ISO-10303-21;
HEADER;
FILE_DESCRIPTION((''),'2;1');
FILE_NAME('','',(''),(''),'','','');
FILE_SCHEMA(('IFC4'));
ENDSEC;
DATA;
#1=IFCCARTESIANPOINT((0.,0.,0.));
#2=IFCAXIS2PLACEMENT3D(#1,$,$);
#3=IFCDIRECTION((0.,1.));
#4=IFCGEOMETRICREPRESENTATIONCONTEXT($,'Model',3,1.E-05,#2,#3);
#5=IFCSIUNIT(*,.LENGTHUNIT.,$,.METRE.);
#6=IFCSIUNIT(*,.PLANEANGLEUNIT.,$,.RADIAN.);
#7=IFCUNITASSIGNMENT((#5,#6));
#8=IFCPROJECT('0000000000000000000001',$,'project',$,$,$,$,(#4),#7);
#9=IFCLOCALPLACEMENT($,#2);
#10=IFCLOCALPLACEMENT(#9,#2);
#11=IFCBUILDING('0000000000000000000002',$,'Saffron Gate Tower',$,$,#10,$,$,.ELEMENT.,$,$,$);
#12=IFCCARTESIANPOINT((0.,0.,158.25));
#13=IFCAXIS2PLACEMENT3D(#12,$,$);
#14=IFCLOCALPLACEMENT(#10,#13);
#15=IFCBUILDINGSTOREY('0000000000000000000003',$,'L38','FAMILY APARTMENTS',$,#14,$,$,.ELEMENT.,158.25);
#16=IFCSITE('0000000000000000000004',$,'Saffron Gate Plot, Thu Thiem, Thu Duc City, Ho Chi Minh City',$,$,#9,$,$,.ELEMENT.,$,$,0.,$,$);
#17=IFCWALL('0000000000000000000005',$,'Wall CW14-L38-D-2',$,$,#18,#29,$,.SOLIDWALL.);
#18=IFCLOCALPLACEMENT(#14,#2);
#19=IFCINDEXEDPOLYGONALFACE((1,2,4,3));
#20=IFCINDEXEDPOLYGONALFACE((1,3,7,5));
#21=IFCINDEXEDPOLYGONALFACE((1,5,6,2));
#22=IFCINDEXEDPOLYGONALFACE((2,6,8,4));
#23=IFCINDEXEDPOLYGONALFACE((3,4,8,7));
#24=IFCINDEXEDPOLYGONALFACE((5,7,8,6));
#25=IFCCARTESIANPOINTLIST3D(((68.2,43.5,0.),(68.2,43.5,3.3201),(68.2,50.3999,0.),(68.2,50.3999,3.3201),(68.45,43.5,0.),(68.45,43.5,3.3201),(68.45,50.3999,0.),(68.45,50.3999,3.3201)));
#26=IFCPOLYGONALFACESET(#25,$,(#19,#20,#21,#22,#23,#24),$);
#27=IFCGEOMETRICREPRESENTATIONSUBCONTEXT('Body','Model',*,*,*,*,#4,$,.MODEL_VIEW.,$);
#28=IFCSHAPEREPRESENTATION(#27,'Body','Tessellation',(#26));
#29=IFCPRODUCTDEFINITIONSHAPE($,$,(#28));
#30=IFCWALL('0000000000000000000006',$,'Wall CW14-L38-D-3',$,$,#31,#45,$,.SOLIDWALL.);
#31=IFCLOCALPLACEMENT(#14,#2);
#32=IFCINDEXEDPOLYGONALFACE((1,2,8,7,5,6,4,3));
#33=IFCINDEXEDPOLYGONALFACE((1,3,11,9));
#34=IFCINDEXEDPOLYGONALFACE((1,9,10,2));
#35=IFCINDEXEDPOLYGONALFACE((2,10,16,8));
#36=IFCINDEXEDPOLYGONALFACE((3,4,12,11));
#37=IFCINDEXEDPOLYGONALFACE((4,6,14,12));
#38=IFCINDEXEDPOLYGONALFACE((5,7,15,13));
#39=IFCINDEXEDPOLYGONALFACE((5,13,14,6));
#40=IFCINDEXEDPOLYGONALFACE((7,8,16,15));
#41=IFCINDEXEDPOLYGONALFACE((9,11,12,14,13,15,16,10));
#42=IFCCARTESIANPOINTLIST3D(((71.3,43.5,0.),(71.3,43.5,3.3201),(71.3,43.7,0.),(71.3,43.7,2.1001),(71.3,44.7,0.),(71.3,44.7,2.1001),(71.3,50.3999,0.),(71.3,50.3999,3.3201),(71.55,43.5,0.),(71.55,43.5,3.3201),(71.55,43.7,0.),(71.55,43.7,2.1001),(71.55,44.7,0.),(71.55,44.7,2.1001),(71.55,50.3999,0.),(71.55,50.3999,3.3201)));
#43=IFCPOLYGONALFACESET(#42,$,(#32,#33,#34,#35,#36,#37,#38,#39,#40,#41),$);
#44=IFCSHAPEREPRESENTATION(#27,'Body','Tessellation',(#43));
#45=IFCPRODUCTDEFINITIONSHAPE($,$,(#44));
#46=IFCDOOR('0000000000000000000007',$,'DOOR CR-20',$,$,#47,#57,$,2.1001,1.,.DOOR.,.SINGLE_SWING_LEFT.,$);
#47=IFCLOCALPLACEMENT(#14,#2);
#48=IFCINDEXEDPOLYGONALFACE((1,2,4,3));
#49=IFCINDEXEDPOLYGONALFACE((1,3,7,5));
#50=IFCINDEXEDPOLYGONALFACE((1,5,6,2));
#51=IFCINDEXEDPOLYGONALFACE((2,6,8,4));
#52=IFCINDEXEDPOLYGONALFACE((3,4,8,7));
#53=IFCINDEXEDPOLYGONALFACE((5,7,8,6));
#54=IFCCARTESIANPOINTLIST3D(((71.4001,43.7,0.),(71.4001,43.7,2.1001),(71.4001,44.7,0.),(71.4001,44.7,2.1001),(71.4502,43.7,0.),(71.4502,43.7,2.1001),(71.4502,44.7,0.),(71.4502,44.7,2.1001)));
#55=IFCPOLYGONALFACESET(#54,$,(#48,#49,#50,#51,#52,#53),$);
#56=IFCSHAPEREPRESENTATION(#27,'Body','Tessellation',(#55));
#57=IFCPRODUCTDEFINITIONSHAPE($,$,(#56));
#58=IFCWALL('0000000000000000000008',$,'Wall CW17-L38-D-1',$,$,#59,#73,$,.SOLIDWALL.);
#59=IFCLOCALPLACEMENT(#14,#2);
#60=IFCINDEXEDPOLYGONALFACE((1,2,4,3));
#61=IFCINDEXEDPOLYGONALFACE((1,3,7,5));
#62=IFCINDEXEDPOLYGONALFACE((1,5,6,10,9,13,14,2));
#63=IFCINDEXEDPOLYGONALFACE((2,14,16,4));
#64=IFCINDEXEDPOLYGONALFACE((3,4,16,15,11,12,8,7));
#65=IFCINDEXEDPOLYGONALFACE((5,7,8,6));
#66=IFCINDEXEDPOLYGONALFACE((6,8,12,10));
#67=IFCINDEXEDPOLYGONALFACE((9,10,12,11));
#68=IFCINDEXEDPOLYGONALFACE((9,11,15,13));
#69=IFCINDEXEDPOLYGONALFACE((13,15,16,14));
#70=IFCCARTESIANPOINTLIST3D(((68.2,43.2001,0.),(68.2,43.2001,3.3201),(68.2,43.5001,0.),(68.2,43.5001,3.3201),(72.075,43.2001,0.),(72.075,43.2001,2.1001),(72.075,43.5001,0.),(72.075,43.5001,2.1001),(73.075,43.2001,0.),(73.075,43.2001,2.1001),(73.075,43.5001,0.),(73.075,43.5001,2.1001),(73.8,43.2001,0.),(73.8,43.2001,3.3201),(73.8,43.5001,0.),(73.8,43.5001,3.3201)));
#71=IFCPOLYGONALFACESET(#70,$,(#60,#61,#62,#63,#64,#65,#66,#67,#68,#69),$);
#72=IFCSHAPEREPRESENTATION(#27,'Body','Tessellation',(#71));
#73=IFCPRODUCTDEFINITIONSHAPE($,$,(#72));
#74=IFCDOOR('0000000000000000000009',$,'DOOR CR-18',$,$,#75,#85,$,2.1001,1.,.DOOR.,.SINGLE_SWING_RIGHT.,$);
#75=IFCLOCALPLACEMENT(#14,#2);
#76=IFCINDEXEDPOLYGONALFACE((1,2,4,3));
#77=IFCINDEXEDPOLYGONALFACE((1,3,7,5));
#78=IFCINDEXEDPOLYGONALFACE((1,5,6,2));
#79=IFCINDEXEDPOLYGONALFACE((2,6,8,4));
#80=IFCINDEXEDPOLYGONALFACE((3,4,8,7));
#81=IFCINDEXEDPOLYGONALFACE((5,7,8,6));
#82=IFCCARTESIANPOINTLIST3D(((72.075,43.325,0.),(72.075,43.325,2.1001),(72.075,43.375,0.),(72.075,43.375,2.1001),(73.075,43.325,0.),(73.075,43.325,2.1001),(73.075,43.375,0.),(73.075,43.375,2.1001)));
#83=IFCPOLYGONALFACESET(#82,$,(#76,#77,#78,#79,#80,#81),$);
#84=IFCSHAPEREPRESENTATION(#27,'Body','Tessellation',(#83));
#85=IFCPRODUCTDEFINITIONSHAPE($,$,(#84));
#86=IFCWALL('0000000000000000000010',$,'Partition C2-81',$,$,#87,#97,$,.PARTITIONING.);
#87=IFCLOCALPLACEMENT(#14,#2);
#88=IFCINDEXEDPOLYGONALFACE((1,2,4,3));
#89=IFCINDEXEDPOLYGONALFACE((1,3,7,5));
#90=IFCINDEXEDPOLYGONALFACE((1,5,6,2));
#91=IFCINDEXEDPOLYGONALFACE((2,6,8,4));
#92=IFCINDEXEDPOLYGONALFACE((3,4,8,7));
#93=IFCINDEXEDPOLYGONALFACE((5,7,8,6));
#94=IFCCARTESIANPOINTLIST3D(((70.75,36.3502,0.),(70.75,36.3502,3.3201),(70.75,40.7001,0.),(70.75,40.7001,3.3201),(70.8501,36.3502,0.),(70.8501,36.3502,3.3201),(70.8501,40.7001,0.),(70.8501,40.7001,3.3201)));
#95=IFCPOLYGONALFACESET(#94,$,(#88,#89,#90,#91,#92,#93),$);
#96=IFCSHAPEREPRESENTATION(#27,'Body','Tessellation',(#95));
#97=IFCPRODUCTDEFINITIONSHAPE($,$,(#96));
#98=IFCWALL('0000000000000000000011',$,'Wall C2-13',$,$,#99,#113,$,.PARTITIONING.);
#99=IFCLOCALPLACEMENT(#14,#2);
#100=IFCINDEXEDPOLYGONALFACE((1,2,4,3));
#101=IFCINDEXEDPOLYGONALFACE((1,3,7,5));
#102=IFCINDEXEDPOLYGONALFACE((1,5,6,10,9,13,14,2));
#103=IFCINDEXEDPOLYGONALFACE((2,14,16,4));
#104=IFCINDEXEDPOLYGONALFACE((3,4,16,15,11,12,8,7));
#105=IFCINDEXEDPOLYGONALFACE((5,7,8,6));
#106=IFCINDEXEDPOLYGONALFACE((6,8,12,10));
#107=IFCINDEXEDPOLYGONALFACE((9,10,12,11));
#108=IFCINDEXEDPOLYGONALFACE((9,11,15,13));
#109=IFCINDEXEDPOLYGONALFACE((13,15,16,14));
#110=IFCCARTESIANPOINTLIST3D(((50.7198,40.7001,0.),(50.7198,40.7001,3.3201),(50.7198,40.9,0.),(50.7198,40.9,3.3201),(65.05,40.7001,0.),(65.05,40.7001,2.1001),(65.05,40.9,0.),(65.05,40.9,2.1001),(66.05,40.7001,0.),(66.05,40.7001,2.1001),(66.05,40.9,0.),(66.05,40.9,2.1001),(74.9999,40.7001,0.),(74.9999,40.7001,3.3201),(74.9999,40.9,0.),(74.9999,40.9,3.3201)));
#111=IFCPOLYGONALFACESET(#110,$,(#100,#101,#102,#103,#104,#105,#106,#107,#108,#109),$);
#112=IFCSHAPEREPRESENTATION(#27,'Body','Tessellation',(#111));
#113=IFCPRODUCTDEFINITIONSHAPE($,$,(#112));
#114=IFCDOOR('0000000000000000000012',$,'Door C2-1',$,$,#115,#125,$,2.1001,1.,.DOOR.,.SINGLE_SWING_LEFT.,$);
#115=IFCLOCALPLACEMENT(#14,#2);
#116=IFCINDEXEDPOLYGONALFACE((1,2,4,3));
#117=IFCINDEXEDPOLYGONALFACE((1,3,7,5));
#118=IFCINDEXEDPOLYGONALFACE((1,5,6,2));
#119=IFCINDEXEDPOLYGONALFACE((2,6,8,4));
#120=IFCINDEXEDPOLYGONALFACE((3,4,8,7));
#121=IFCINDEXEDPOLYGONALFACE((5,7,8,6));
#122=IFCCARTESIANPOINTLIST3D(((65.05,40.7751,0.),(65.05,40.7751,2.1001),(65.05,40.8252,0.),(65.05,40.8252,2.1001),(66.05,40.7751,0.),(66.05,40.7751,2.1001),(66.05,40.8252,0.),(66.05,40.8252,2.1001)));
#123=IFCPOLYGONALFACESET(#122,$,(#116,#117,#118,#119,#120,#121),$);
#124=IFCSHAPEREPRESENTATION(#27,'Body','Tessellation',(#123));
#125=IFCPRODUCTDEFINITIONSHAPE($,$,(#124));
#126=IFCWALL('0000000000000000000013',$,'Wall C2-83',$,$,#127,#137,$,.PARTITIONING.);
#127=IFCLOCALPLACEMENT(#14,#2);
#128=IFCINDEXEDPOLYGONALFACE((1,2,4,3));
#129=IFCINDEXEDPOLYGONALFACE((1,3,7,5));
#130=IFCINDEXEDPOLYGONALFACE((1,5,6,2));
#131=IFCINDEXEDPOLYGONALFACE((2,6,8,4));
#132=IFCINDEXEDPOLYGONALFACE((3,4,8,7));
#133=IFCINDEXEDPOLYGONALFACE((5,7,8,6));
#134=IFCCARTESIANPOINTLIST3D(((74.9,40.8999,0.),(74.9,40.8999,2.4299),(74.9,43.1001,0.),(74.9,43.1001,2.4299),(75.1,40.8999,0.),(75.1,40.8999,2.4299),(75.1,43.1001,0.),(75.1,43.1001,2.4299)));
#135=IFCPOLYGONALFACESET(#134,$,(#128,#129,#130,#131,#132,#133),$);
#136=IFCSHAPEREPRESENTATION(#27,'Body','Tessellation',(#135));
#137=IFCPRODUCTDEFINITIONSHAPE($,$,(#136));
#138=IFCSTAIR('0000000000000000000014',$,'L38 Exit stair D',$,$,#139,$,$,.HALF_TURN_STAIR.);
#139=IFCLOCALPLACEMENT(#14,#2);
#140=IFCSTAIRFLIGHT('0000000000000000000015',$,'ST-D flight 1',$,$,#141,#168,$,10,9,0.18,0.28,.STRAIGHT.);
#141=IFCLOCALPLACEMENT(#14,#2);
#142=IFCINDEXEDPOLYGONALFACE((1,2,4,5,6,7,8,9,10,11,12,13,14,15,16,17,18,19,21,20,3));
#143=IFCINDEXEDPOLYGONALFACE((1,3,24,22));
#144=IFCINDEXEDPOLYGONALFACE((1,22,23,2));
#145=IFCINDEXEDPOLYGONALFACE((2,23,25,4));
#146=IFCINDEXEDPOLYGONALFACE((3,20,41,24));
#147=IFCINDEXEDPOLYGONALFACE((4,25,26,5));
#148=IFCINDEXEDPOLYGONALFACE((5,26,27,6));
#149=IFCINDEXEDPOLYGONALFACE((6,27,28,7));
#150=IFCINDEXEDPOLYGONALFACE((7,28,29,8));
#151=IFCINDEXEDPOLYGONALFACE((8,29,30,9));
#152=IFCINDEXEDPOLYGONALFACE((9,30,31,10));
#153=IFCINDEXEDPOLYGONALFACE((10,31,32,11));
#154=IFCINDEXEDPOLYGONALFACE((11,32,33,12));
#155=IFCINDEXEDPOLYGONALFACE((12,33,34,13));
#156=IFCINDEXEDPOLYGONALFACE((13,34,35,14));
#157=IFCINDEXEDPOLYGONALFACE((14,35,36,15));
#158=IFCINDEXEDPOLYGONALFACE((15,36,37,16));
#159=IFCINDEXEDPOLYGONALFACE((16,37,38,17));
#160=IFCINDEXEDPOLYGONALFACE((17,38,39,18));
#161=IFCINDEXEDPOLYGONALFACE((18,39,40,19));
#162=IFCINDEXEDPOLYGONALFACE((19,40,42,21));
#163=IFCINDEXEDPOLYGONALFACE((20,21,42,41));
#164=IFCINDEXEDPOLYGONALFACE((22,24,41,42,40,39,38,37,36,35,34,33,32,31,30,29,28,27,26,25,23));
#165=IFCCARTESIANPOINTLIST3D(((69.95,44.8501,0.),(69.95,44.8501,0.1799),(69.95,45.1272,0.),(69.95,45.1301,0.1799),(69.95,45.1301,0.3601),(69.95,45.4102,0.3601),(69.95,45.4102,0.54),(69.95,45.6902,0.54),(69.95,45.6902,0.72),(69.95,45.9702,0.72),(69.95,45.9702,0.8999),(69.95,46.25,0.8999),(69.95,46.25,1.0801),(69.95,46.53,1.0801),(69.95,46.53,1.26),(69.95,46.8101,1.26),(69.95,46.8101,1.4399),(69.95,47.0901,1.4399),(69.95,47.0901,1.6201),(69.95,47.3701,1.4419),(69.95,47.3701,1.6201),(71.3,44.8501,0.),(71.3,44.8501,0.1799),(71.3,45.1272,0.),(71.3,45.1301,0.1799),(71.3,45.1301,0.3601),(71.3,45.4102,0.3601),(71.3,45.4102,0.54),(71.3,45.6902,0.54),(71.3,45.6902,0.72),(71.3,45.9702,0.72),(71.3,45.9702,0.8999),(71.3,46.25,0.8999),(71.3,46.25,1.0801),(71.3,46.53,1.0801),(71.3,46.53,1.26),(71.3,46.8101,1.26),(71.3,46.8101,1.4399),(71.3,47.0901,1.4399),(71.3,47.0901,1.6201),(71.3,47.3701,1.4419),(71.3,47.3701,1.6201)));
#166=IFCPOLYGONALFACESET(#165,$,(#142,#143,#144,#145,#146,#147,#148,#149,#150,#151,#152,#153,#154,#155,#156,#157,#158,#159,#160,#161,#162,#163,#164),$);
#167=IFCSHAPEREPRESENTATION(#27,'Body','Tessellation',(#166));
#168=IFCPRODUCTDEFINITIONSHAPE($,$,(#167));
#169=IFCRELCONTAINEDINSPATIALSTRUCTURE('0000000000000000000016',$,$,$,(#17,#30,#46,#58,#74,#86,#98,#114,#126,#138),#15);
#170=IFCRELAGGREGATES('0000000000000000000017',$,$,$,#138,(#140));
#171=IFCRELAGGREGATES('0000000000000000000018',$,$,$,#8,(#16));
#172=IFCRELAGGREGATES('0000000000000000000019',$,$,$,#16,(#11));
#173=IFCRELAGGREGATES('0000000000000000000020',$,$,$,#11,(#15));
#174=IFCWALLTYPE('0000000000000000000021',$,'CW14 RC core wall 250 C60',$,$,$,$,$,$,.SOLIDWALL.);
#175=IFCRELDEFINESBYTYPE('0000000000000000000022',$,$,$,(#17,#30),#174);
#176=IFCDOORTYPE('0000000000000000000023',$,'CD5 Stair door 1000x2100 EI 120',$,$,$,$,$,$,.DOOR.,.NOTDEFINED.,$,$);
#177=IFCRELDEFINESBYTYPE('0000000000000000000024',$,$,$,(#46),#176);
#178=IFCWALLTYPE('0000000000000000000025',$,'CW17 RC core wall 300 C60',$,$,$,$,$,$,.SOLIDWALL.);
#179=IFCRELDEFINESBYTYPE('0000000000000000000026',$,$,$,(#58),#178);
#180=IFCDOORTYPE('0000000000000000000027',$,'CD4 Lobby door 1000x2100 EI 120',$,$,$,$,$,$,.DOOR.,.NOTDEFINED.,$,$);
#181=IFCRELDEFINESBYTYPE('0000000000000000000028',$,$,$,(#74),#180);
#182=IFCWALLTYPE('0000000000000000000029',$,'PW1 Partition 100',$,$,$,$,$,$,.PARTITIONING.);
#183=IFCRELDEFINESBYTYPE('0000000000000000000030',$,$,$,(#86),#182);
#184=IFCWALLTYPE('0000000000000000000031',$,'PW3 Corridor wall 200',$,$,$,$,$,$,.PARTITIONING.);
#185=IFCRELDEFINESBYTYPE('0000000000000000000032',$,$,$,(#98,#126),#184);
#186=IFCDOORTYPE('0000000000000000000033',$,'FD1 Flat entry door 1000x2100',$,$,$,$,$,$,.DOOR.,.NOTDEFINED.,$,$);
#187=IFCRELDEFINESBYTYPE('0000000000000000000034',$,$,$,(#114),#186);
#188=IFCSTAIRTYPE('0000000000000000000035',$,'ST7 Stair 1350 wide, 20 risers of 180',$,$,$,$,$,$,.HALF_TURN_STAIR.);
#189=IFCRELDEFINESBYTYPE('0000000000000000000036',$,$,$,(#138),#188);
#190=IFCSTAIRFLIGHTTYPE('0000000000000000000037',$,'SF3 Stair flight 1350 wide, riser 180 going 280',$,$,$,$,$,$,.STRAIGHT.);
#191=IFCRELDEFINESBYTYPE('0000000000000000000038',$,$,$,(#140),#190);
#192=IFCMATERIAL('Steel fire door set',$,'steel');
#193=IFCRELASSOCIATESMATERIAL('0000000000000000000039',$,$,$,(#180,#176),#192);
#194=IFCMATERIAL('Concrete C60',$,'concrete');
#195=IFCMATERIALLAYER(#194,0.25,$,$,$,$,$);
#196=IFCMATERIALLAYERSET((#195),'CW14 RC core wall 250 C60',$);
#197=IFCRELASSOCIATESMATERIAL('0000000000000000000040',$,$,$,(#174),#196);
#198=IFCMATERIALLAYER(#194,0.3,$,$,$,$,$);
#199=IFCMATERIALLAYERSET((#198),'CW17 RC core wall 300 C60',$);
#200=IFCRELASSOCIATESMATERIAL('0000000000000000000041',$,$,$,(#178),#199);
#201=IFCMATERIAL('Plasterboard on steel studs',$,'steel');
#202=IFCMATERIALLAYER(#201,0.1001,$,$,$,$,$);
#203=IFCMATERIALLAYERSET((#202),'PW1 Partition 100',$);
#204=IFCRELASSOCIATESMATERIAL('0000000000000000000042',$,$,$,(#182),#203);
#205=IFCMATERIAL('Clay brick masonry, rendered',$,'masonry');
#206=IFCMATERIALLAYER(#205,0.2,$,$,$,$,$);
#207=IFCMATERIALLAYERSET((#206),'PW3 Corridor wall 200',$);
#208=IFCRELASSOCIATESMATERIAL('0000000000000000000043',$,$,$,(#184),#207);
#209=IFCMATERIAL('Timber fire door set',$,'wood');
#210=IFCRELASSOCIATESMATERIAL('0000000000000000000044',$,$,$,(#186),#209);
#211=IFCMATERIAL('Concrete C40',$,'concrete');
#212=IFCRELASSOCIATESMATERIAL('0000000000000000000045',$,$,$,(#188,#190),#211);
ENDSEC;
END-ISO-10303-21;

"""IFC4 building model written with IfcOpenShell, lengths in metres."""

from ifc_helpers import new_model, si_unit, direction, frame, frame_2d, origin, place, context, subcontext, project, spatial, polyline, rectangle, outline, extrude, material, layer, layer_set, type_object, element, fill, aggregate, save


model = new_model("IFC4")

# Units and contexts
model_context = context("Model", 3, precision=1e-05, world=origin(), true_north=direction((0.0, 1.0)))
body_context = subcontext(model_context, "Body", "Model", "MODEL_VIEW")
ifc_project = project(units=[si_unit("LENGTHUNIT", "METRE"), si_unit("PLANEANGLEUNIT", "RADIAN")], contexts=[model_context])

# Site, building, storey
site_placement = place(None, origin())
site = spatial("IfcSite", under=ifc_project, at=site_placement, Name="Saffron Gate Plot, Thu Thiem, Thu Duc City, Ho Chi Minh City", CompositionType="ELEMENT", RefElevation=0.0)
building_placement = place(site_placement, origin())
building = spatial("IfcBuilding", under=site, at=building_placement, Name="Saffron Gate Tower", CompositionType="ELEMENT")
storey_placement = place(building_placement, frame((0.0, 0.0, 158.25)))
storey = spatial("IfcBuildingStorey", under=building, at=storey_placement, Name="L38", Description="FAMILY APARTMENTS", CompositionType="ELEMENT", Elevation=158.25)

# Shared definitions
ifc_material_1 = material(Name="Steel fire door set", Category="steel")
door_type_1 = type_object("IfcDoorType", Name="CD4 Lobby door 1000x2100 EI 120", OperationType="NOTDEFINED", PredefinedType="DOOR", material=ifc_material_1)

# Wall
ifc_material_2 = material(Name="Concrete C60", Category="concrete")
ifc_layer_1 = layer(ifc_material_2, 0.25)
ifc_layer_set_1 = layer_set([ifc_layer_1], Name="CW14 RC core wall 250 C60")
wall_type_1 = type_object("IfcWallType", Name="CW14 RC core wall 250 C60", PredefinedType="SOLIDWALL", material=ifc_layer_set_1)
wall_1_placement = place(storey_placement, frame((68.325, 43.5, 0.0), z_axis=(0.0, 0.0, 1.0), x_axis=(0.0, 1.0, 0.0)))
element("IfcWall", 1, at=wall_1_placement, inside=storey, type_object=wall_type_1, Name="Wall CW14-L38-D-2", PredefinedType="SOLIDWALL", context=body_context, shape_type="SweptSolid", body=[
    extrude(rectangle(XDim=6.8999, YDim=0.25, at=frame_2d((3.45, 0.0))), origin(), (0.0, 0.0, 1.0), 3.3201),
])

# Walls, openings, doors
wall_2_placement = place(storey_placement, frame((71.425, 43.5, 0.0), z_axis=(0.0, 0.0, 1.0), x_axis=(0.0, 1.0, 0.0)))
wall_2 = element("IfcWall", 2, at=wall_2_placement, inside=storey, type_object=wall_type_1, Name="Wall CW14-L38-D-3", PredefinedType="SOLIDWALL", context=body_context, shape_type="SweptSolid", body=[
    extrude(rectangle(XDim=6.8999, YDim=0.25, at=frame_2d((3.45, 0.0))), origin(), (0.0, 0.0, 1.0), 3.3201),
])
opening_1_placement = place(wall_2_placement, frame((0.2, 0.0, 0.0)))
opening_1 = element("IfcOpeningElement", 3, at=opening_1_placement, cuts=wall_2, PredefinedType="OPENING", context=body_context, shape_type="SweptSolid", body=[
    extrude(rectangle(XDim=1.0, YDim=2.1001, at=frame_2d((0.5, 1.05))), frame((0.0, 0.135, 0.0), z_axis=(0.0, -1.0, 0.0), x_axis=(1.0, 0.0, 0.0)), (0.0, 0.0, 1.0), 0.27),
])
door_type_2 = type_object("IfcDoorType", Name="CD5 Stair door 1000x2100 EI 120", OperationType="NOTDEFINED", PredefinedType="DOOR", material=ifc_material_1)
door_1_placement = place(opening_1_placement, origin())
door_1 = element("IfcDoor", 4, at=door_1_placement, inside=storey, type_object=door_type_2, Name="DOOR CR-20", OperationType="SINGLE_SWING_LEFT", OverallHeight=2.1001, OverallWidth=1.0, PredefinedType="DOOR", context=body_context, shape_type="SweptSolid", body=[
    extrude(rectangle(XDim=1.0, YDim=2.1001, at=frame_2d((0.5, 1.05))), frame((0.0, 0.0249, 0.0), z_axis=(0.0, -1.0, 0.0), x_axis=(1.0, 0.0, 0.0)), (0.0, 0.0, 1.0), 0.05),
])
fill(opening_1, door_1)
ifc_layer_2 = layer(ifc_material_2, 0.3)
ifc_layer_set_2 = layer_set([ifc_layer_2], Name="CW17 RC core wall 300 C60")
wall_type_2 = type_object("IfcWallType", Name="CW17 RC core wall 300 C60", PredefinedType="SOLIDWALL", material=ifc_layer_set_2)
wall_3_placement = place(storey_placement, frame((68.2, 43.3501, 0.0), z_axis=(0.0, 0.0, 1.0), x_axis=(1.0, 0.0, 0.0)))
wall_3 = element("IfcWall", 5, at=wall_3_placement, inside=storey, type_object=wall_type_2, Name="Wall CW17-L38-D-1", PredefinedType="SOLIDWALL", context=body_context, shape_type="SweptSolid", body=[
    extrude(rectangle(XDim=5.6001, YDim=0.3, at=frame_2d((2.8, 0.0))), origin(), (0.0, 0.0, 1.0), 3.3201),
])
opening_2_placement = place(wall_3_placement, frame((3.875, 0.0, 0.0)))
opening_2 = element("IfcOpeningElement", 6, at=opening_2_placement, cuts=wall_3, PredefinedType="OPENING", context=body_context, shape_type="SweptSolid", body=[
    extrude(rectangle(XDim=1.0, YDim=2.1001, at=frame_2d((0.5, 1.05))), frame((0.0, 0.1602, 0.0), z_axis=(0.0, -1.0, 0.0), x_axis=(1.0, 0.0, 0.0)), (0.0, 0.0, 1.0), 0.3201),
])
door_2_placement = place(opening_2_placement, origin())
door_2 = element("IfcDoor", 7, at=door_2_placement, inside=storey, type_object=door_type_1, Name="DOOR CR-18", OperationType="SINGLE_SWING_RIGHT", OverallHeight=2.1001, OverallWidth=1.0, PredefinedType="DOOR", context=body_context, shape_type="SweptSolid", body=[
    extrude(rectangle(XDim=1.0, YDim=2.1001, at=frame_2d((0.5, 1.05))), frame((0.0, 0.0249, 0.0), z_axis=(0.0, -1.0, 0.0), x_axis=(1.0, 0.0, 0.0)), (0.0, 0.0, 1.0), 0.05),
])
fill(opening_2, door_2)

# Wall
ifc_material_3 = material(Name="Plasterboard on steel studs", Category="steel")
ifc_layer_3 = layer(ifc_material_3, 0.1001)
ifc_layer_set_3 = layer_set([ifc_layer_3], Name="PW1 Partition 100")
wall_type_3 = type_object("IfcWallType", Name="PW1 Partition 100", PredefinedType="PARTITIONING", material=ifc_layer_set_3)
wall_4_placement = place(storey_placement, frame((70.8, 40.7, 0.0), z_axis=(0.0, 0.0, 1.0), x_axis=(0.0, -1.0, 0.0)))
element("IfcWall", 8, at=wall_4_placement, inside=storey, type_object=wall_type_3, Name="Partition C2-81", PredefinedType="PARTITIONING", context=body_context, shape_type="SweptSolid", body=[
    extrude(rectangle(XDim=4.3499, YDim=0.1001, at=frame_2d((2.1748, 0.0))), origin(), (0.0, 0.0, 1.0), 3.3201),
])

# Wall, opening, door
ifc_material_4 = material(Name="Clay brick masonry, rendered", Category="masonry")
ifc_layer_4 = layer(ifc_material_4, 0.2)
ifc_layer_set_4 = layer_set([ifc_layer_4], Name="PW3 Corridor wall 200")
wall_type_4 = type_object("IfcWallType", Name="PW3 Corridor wall 200", PredefinedType="PARTITIONING", material=ifc_layer_set_4)
wall_5_placement = place(storey_placement, frame((75.0, 40.8, 0.0), z_axis=(0.0, 0.0, 1.0), x_axis=(-1.0, 0.0, 0.0)))
wall_5 = element("IfcWall", 9, at=wall_5_placement, inside=storey, type_object=wall_type_4, Name="Wall C2-13", PredefinedType="PARTITIONING", context=body_context, shape_type="SweptSolid", body=[
    extrude(rectangle(XDim=24.28, YDim=0.2, at=frame_2d((12.1401, 0.0))), origin(), (0.0, 0.0, 1.0), 3.3201),
])
opening_3_placement = place(wall_5_placement, frame((8.95, 0.0, 0.0)))
opening_3 = element("IfcOpeningElement", 10, at=opening_3_placement, cuts=wall_5, PredefinedType="OPENING", context=body_context, shape_type="SweptSolid", body=[
    extrude(rectangle(XDim=1.0, YDim=2.1001, at=frame_2d((0.5, 1.05))), frame((0.0, 0.1099, 0.0), z_axis=(0.0, -1.0, 0.0), x_axis=(1.0, 0.0, 0.0)), (0.0, 0.0, 1.0), 0.22),
])
ifc_material_5 = material(Name="Timber fire door set", Category="wood")
door_type_3 = type_object("IfcDoorType", Name="FD1 Flat entry door 1000x2100", OperationType="NOTDEFINED", PredefinedType="DOOR", material=ifc_material_5)
door_3_placement = place(opening_3_placement, origin())
door_3 = element("IfcDoor", 11, at=door_3_placement, inside=storey, type_object=door_type_3, Name="Door C2-1", OperationType="SINGLE_SWING_LEFT", OverallHeight=2.1001, OverallWidth=1.0, PredefinedType="DOOR", context=body_context, shape_type="SweptSolid", body=[
    extrude(rectangle(XDim=1.0, YDim=2.1001, at=frame_2d((0.5, 1.05))), frame((0.0, 0.0249, 0.0), z_axis=(0.0, -1.0, 0.0), x_axis=(1.0, 0.0, 0.0)), (0.0, 0.0, 1.0), 0.05),
])
fill(opening_3, door_3)

# Wall
wall_6_placement = place(storey_placement, frame((75.0, 43.1001, 0.0), z_axis=(0.0, 0.0, 1.0), x_axis=(0.0, -1.0, 0.0)))
element("IfcWall", 12, at=wall_6_placement, inside=storey, type_object=wall_type_4, Name="Wall C2-83", PredefinedType="PARTITIONING", context=body_context, shape_type="SweptSolid", body=[
    extrude(rectangle(XDim=2.2002, YDim=0.2, at=frame_2d((1.1001, 0.0))), origin(), (0.0, 0.0, 1.0), 2.4299),
])

# Stair, stair flight
ifc_material_6 = material(Name="Concrete C40", Category="concrete")
stair_type = type_object("IfcStairType", Name="ST7 Stair 1350 wide, 20 risers of 180", PredefinedType="HALF_TURN_STAIR", material=ifc_material_6)
stair_placement = place(storey_placement, origin())
stair = element("IfcStair", 13, at=stair_placement, inside=storey, type_object=stair_type, Name="L38 Exit stair D", PredefinedType="HALF_TURN_STAIR")
stair_flight_type = type_object("IfcStairFlightType", Name="SF3 Stair flight 1350 wide, riser 180 going 280", PredefinedType="STRAIGHT", material=ifc_material_6)
stair_flight_placement = place(storey_placement, frame((70.625, 44.8501, 0.0), z_axis=(0.0, 0.0, 1.0), x_axis=(0.0, 1.0, 0.0)))
stair_flight = element("IfcStairFlight", 14, at=stair_flight_placement, type_object=stair_flight_type, Name="ST-D flight 1", NumberOfRisers=10, NumberOfTreads=9, PredefinedType="STRAIGHT", RiserHeight=0.18, TreadLength=0.28, context=body_context, shape_type="SweptSolid", body=[
    extrude(outline(polyline([(0.0, 0.0), (0.0, 0.1799), (0.28, 0.1799), (0.28, 0.3601), (0.5601, 0.3601), (0.5601, 0.54), (0.8401, 0.54), (0.8401, 0.72), (1.1201, 0.72), (1.1201, 0.8999), (1.3999, 0.8999), (1.3999, 1.0801), (1.6799, 1.0801), (1.6799, 1.26), (1.96, 1.26), (1.96, 1.4399), (2.24, 1.4399), (2.24, 1.6201), (2.52, 1.6201), (2.52, 1.8), (2.52, 1.4419), (0.2771, 0.0), (0.0, 0.0)])), frame((0.0, 0.675, 0.0), z_axis=(0.0, -1.0, 0.0), x_axis=(1.0, 0.0, 0.0)), (0.0, 0.0, 1.0), 1.3501),
])
aggregate(stair, [stair_flight])

save(model, "model.ifc")
